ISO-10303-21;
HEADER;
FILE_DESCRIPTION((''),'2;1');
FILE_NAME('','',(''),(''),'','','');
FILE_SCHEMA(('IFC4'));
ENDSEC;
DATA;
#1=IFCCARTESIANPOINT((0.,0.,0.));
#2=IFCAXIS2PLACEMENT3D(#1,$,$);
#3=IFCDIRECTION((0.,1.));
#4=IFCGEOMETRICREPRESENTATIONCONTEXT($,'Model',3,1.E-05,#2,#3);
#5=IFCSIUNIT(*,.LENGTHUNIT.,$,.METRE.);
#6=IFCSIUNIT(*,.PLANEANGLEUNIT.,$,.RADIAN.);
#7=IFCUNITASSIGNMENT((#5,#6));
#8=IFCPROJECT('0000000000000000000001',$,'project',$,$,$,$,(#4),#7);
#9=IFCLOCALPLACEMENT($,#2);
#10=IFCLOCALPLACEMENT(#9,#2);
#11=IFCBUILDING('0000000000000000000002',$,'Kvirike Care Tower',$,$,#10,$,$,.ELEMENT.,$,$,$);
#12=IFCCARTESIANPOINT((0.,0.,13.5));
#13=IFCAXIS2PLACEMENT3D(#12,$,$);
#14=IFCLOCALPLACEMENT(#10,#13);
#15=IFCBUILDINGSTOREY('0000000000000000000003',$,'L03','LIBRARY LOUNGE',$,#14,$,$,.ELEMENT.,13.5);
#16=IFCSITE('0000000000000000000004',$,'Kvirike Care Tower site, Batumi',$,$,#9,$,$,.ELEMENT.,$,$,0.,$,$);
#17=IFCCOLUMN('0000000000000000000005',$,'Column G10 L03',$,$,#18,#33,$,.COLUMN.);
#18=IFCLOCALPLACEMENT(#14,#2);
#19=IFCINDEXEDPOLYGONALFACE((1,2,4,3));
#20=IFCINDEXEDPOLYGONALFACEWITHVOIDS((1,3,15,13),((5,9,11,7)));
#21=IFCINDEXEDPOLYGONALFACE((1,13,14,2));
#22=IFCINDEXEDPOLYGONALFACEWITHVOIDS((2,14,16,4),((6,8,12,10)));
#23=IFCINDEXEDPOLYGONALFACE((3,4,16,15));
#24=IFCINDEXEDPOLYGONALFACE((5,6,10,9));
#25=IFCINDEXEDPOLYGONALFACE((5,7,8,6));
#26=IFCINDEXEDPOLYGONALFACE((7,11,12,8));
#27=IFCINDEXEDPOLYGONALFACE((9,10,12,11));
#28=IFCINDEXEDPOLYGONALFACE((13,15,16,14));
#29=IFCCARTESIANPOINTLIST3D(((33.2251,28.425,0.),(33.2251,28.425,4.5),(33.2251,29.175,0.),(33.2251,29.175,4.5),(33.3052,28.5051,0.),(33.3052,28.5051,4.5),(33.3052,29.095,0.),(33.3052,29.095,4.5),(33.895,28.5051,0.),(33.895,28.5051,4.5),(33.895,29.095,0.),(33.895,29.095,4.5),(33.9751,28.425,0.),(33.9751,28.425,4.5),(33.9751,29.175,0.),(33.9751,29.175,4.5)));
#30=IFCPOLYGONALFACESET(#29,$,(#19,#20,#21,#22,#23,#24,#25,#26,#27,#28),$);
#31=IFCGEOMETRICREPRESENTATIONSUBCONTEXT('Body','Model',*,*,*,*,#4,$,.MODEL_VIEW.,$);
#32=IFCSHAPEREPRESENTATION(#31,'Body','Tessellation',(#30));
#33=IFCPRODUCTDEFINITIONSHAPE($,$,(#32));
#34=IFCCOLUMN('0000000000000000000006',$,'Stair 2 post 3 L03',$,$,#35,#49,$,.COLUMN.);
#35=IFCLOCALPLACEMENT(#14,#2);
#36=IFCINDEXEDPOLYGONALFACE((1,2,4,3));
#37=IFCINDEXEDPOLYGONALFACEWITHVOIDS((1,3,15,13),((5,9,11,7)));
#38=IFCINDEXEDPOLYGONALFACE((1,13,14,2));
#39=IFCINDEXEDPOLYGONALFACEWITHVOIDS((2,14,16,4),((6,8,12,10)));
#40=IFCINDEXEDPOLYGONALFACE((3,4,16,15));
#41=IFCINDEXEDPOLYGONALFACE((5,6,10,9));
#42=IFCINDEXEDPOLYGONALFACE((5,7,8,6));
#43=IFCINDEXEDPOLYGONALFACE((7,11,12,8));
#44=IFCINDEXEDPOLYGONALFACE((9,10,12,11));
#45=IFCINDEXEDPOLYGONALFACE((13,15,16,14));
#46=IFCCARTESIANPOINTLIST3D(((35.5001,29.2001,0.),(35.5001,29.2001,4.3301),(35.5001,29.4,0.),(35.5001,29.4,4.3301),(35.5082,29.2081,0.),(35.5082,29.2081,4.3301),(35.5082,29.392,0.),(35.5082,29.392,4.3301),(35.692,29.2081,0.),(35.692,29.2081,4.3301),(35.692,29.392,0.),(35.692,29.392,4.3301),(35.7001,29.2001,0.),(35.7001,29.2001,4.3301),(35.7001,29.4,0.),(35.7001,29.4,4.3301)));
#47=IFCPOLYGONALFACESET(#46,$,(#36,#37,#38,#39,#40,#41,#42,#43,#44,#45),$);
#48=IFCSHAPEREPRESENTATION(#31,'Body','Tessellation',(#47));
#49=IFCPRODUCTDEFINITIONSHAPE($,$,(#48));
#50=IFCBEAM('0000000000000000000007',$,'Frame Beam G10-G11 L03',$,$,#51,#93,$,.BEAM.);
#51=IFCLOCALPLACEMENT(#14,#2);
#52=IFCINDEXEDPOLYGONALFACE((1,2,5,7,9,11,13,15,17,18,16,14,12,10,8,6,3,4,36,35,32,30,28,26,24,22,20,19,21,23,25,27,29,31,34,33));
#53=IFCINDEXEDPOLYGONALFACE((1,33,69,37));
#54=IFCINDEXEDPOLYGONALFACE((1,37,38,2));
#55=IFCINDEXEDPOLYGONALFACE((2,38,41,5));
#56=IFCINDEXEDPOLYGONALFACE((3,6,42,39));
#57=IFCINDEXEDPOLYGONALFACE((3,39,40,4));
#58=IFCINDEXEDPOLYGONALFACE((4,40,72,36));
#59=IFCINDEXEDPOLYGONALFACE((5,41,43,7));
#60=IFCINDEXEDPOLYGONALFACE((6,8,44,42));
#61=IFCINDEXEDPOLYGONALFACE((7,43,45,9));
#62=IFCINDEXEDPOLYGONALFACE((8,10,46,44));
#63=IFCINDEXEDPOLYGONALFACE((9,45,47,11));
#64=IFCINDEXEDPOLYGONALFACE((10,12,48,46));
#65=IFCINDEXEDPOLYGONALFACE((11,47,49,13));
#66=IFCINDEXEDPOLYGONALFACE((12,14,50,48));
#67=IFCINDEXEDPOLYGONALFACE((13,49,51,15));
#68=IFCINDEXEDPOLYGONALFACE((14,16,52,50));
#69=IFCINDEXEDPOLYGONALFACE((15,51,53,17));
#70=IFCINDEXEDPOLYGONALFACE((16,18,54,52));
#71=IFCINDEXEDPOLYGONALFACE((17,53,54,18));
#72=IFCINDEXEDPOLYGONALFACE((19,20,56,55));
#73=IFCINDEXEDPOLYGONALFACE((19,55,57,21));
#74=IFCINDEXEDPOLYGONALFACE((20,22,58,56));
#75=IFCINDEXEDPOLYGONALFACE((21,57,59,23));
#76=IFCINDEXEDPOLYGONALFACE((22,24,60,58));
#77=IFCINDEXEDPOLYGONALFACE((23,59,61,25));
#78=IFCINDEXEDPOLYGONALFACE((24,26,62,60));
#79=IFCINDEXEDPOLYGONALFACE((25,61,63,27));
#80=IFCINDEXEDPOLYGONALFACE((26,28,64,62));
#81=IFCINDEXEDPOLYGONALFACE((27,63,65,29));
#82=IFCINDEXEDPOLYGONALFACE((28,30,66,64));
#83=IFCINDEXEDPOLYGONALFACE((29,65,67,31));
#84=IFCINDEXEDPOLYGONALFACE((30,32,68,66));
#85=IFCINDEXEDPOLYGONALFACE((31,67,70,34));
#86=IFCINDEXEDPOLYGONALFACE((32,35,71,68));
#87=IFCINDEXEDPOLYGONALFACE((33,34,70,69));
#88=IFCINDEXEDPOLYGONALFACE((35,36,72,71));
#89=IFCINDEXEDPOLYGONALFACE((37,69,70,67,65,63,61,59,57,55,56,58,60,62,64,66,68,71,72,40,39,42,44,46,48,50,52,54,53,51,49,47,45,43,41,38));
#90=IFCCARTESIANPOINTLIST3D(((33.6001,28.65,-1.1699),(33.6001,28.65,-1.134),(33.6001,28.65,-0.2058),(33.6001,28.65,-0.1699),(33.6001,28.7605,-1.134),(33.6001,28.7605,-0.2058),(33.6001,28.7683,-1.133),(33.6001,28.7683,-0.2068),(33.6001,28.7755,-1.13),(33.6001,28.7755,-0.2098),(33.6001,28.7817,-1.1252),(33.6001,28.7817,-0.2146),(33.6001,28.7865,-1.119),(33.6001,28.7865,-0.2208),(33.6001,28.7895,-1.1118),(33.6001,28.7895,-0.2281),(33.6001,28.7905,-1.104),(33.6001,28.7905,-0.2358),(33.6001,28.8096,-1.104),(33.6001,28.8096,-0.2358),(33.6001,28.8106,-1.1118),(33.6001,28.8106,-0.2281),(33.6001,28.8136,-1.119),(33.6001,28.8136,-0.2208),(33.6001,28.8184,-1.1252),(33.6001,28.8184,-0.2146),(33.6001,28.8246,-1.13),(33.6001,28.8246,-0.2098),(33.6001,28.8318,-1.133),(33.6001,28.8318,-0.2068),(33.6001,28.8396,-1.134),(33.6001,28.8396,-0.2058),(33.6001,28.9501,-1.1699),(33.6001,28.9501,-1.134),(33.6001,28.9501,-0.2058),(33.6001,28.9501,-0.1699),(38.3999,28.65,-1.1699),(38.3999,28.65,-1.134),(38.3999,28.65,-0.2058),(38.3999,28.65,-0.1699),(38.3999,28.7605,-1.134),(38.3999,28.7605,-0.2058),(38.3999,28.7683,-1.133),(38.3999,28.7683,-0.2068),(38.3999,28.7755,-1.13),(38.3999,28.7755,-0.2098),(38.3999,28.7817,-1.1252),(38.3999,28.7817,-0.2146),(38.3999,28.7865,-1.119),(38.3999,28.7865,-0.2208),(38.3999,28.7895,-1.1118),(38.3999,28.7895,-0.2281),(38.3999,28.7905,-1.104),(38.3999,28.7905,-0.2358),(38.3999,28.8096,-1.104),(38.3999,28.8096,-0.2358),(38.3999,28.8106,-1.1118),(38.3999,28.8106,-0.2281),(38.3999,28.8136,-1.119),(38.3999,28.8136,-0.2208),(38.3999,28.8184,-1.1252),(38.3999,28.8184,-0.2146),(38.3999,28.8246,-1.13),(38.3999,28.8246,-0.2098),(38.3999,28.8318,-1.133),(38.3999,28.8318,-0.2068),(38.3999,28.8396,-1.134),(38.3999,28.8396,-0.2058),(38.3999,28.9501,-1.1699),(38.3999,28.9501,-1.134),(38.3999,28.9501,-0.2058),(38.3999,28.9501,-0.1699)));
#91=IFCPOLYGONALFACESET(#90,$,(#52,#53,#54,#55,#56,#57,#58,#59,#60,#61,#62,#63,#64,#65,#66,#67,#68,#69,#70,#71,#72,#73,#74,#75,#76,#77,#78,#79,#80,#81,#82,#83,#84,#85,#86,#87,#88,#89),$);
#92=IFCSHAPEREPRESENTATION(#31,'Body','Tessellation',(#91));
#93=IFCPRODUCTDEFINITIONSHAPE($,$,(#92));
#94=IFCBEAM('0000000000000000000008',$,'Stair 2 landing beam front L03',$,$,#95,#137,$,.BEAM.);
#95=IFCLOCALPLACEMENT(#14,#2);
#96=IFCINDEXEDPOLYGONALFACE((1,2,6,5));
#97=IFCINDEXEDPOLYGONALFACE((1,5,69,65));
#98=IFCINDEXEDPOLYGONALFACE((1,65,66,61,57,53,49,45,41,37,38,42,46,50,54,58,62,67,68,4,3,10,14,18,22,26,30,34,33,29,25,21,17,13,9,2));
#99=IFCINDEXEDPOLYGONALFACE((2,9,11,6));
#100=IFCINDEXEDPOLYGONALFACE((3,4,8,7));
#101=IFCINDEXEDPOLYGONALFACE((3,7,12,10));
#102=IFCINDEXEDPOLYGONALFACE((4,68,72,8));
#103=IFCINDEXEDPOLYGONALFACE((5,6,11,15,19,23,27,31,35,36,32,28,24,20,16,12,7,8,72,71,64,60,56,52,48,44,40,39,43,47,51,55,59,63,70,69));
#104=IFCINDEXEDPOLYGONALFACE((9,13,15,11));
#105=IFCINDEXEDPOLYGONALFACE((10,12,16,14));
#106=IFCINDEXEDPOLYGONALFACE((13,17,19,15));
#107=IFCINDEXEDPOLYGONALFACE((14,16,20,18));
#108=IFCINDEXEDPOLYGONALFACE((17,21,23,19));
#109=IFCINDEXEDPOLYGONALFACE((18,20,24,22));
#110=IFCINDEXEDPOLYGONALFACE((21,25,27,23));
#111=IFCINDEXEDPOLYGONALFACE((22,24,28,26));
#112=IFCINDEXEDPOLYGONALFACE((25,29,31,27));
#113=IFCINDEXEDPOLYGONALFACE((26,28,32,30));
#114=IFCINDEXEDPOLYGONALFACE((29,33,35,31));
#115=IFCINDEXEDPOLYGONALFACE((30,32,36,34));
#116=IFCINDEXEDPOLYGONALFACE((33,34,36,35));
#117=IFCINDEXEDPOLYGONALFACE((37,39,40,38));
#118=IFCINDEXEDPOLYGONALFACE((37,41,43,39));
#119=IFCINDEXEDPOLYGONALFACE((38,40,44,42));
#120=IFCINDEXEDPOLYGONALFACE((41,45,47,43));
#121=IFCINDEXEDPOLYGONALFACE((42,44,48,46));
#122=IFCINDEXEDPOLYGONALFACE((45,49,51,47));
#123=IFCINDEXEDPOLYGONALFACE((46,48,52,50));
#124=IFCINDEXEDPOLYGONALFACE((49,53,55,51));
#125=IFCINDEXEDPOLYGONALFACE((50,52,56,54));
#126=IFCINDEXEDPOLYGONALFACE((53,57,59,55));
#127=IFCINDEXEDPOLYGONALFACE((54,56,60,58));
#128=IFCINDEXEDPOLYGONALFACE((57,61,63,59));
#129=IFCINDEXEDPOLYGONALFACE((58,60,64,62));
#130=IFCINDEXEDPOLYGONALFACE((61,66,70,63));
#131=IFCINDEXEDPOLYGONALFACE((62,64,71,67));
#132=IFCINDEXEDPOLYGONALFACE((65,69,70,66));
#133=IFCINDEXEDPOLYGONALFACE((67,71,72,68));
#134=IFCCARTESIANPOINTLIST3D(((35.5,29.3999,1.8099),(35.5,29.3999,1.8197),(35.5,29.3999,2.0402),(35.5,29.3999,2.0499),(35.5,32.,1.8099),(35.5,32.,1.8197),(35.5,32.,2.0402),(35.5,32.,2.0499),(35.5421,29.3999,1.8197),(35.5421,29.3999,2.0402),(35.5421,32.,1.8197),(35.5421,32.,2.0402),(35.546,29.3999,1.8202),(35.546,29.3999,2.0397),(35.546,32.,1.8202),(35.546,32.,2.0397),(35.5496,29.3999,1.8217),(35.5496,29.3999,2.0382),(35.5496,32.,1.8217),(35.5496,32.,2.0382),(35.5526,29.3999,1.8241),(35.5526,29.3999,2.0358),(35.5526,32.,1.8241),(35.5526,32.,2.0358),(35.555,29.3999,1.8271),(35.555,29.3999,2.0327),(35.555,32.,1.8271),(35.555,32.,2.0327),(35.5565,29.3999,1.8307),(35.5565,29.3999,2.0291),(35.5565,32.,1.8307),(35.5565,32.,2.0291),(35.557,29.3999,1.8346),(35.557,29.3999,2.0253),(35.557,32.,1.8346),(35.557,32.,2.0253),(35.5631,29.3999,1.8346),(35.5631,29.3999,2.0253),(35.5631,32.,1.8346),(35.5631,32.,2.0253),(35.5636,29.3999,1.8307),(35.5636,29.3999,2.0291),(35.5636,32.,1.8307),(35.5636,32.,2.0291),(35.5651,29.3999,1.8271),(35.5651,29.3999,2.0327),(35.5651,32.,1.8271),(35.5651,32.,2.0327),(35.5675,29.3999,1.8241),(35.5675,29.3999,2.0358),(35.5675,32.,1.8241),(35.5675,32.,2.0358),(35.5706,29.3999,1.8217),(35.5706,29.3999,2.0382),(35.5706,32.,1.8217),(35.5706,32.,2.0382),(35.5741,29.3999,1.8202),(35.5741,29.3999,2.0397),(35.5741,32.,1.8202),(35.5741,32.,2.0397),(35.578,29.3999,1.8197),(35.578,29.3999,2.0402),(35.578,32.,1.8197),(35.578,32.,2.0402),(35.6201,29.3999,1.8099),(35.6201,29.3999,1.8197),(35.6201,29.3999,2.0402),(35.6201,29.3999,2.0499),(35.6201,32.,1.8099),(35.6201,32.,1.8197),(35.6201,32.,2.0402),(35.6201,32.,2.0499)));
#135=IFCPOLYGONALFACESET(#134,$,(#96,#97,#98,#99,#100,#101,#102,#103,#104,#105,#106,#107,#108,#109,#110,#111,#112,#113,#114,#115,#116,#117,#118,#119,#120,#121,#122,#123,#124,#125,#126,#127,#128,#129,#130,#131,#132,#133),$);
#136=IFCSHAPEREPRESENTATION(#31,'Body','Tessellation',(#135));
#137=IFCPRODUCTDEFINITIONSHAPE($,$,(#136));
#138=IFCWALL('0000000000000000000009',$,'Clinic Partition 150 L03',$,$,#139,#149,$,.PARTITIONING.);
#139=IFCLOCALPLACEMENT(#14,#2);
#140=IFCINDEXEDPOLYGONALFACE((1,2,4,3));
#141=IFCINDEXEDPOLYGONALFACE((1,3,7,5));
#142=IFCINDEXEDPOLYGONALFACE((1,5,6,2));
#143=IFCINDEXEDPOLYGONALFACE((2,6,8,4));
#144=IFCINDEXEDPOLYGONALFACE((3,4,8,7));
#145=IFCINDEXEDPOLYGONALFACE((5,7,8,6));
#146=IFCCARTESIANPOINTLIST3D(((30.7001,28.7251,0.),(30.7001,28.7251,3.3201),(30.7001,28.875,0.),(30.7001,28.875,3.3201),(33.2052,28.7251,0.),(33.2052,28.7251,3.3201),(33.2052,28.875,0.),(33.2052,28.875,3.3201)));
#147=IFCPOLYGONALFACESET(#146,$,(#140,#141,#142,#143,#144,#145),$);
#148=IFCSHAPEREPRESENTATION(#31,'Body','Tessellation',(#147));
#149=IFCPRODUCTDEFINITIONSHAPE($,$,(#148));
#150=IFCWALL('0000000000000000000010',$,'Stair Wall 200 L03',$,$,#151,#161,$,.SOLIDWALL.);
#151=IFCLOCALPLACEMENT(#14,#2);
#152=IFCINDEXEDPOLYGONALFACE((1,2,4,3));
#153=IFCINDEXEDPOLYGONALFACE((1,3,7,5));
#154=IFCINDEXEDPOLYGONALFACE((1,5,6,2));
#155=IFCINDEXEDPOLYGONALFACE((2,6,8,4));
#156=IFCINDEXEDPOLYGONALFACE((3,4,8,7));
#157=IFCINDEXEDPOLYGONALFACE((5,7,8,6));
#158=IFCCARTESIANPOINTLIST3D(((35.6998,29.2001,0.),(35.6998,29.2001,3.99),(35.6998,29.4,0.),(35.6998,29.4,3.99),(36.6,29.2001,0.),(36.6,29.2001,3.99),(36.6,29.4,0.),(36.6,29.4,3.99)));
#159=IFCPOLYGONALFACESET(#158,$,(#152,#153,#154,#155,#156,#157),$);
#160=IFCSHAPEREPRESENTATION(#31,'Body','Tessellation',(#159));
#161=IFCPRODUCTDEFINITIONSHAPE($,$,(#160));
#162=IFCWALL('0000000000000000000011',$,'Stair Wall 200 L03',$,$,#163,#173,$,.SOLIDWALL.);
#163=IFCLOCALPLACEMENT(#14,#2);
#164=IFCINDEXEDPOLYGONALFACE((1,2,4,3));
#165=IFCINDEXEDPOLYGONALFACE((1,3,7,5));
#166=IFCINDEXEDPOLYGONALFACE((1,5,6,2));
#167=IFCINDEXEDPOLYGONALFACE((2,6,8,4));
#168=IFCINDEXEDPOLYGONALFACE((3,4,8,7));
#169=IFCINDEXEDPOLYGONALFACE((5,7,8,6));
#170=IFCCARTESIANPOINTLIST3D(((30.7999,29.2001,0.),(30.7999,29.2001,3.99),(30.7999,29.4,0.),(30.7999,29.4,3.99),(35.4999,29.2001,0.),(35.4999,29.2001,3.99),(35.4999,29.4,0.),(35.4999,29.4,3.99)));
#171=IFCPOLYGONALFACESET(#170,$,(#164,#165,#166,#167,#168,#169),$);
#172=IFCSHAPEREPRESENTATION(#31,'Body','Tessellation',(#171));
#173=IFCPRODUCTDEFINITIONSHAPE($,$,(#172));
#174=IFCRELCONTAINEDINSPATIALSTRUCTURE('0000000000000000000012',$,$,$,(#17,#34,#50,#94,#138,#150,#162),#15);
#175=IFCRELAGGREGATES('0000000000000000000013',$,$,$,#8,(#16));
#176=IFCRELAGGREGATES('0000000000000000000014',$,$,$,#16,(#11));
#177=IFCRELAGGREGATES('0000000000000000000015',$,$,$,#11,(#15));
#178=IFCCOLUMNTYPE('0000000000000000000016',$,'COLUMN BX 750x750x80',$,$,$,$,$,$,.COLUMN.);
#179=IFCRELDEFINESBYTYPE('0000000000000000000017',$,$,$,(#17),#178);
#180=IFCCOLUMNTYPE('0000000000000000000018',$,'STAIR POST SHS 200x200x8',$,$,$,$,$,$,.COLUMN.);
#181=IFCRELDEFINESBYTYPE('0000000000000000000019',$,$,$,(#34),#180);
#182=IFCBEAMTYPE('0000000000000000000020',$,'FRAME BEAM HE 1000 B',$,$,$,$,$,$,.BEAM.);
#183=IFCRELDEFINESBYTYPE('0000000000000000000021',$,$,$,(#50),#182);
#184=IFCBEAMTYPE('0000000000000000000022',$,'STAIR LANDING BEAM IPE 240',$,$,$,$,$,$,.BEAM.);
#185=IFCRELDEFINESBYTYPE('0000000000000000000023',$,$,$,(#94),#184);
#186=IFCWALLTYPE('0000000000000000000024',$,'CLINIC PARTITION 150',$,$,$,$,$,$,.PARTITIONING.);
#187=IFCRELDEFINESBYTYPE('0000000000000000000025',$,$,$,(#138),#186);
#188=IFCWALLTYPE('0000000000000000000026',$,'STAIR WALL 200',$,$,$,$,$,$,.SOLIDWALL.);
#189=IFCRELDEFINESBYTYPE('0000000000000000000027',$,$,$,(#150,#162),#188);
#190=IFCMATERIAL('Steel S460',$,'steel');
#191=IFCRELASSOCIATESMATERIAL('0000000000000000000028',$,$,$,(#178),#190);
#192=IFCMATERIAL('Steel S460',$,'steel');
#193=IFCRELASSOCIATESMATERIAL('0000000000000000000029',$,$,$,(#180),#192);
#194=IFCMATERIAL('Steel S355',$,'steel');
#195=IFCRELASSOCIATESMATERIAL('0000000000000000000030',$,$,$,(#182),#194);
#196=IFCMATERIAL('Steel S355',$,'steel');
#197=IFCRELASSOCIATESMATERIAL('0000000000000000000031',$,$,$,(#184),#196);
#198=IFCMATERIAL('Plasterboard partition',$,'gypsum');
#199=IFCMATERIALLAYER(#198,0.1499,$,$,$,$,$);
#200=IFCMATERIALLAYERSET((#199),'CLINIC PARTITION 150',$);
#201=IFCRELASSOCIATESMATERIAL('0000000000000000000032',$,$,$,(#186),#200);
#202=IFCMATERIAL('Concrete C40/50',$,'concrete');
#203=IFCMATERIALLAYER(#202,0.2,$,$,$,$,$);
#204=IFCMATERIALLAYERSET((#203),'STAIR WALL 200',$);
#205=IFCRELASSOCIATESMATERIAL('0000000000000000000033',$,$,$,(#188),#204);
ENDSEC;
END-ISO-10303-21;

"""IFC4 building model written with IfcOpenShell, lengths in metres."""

from ifc_helpers import new_model, si_unit, direction, frame, frame_2d, origin, origin_2d, place, context, subcontext, project, spatial, rectangle, hollow_rectangle, i_section, extrude, material, layer, layer_set, material_profile, profile_set, type_object, element, save


model = new_model("IFC4")

# Units and contexts
model_context = context("Model", 3, precision=1e-05, world=origin(), true_north=direction((0.0, 1.0)))
body_context = subcontext(model_context, "Body", "Model", "MODEL_VIEW")
ifc_project = project(units=[si_unit("LENGTHUNIT", "METRE"), si_unit("PLANEANGLEUNIT", "RADIAN")], contexts=[model_context])

# Site, building, storey
site_placement = place(None, origin())
site = spatial("IfcSite", under=ifc_project, at=site_placement, Name="Kvirike Care Tower site, Batumi", CompositionType="ELEMENT", RefElevation=0.0)
building_placement = place(site_placement, origin())
building = spatial("IfcBuilding", under=site, at=building_placement, Name="Kvirike Care Tower", CompositionType="ELEMENT")
storey_placement = place(building_placement, frame((0.0, 0.0, 13.5)))
storey = spatial("IfcBuildingStorey", under=building, at=storey_placement, Name="L03", Description="LIBRARY LOUNGE", CompositionType="ELEMENT", Elevation=13.5)

# Columns
ifc_material_1 = material(Name="Steel S460", Category="steel")
ifc_material_profile_1 = material_profile(ifc_material_1, hollow_rectangle(XDim=0.75, YDim=0.75, WallThickness=0.0801, at=origin_2d()), Name="BX 750x750x80")
ifc_profile_set_1 = profile_set([ifc_material_profile_1], Name="Steel S460")
column_type_1 = type_object("IfcColumnType", Name="COLUMN BX 750x750x80", PredefinedType="COLUMN", material=ifc_profile_set_1)
column_1_placement = place(storey_placement, frame((33.6001, 28.8, 0.0), z_axis=(0.0, 0.0, 1.0), x_axis=(0.0, 1.0, 0.0)))
element("IfcColumn", 1, at=column_1_placement, inside=storey, type_object=column_type_1, Name="Column G10 L03", PredefinedType="COLUMN", context=body_context, shape_type="SweptSolid", body=[
    extrude(hollow_rectangle(XDim=0.75, YDim=0.75, WallThickness=0.0801, at=origin_2d()), origin(), (0.0, 0.0, 1.0), 4.5),
])
ifc_material_2 = material(Name="Steel S460", Category="steel")
ifc_material_profile_2 = material_profile(ifc_material_2, hollow_rectangle(XDim=0.2, YDim=0.2, WallThickness=0.0081, at=origin_2d()), Name="SHS 200x200x8")
ifc_profile_set_2 = profile_set([ifc_material_profile_2], Name="Steel S460")
column_type_2 = type_object("IfcColumnType", Name="STAIR POST SHS 200x200x8", PredefinedType="COLUMN", material=ifc_profile_set_2)
column_2_placement = place(storey_placement, frame((35.6001, 29.3, 0.0), z_axis=(0.0, 0.0, 1.0), x_axis=(1.0, 0.0, 0.0)))
element("IfcColumn", 2, at=column_2_placement, inside=storey, type_object=column_type_2, Name="Stair 2 post 3 L03", PredefinedType="COLUMN", context=body_context, shape_type="SweptSolid", body=[
    extrude(hollow_rectangle(XDim=0.2, YDim=0.2, WallThickness=0.0081, at=origin_2d()), origin(), (0.0, 0.0, 1.0), 4.3301),
])

# Beams
ifc_material_3 = material(Name="Steel S355", Category="steel")
ifc_material_profile_3 = material_profile(ifc_material_3, i_section(OverallWidth=0.3, OverallDepth=1.0, WebThickness=0.019, FlangeThickness=0.0359, FilletRadius=0.03, at=origin_2d()), Name="HE 1000 B")
ifc_profile_set_3 = profile_set([ifc_material_profile_3], Name="Steel S355")
beam_type_1 = type_object("IfcBeamType", Name="FRAME BEAM HE 1000 B", PredefinedType="BEAM", material=ifc_profile_set_3)
beam_1_placement = place(storey_placement, frame((33.6001, 28.8, -0.6699), z_axis=(1.0, 0.0, 0.0), x_axis=(0.0, 1.0, 0.0)))
element("IfcBeam", 3, at=beam_1_placement, inside=storey, type_object=beam_type_1, Name="Frame Beam G10-G11 L03", PredefinedType="BEAM", context=body_context, shape_type="SweptSolid", body=[
    extrude(i_section(OverallWidth=0.3, OverallDepth=1.0, WebThickness=0.019, FlangeThickness=0.0359, FilletRadius=0.03, at=origin_2d()), origin(), (0.0, 0.0, 1.0), 4.7998),
])
ifc_material_4 = material(Name="Steel S355", Category="steel")
ifc_material_profile_4 = material_profile(ifc_material_4, i_section(OverallWidth=0.1201, OverallDepth=0.24, WebThickness=0.0061, FlangeThickness=0.0098, FilletRadius=0.0149, at=origin_2d()), Name="IPE 240")
ifc_profile_set_4 = profile_set([ifc_material_profile_4], Name="Steel S355")
beam_type_2 = type_object("IfcBeamType", Name="STAIR LANDING BEAM IPE 240", PredefinedType="BEAM", material=ifc_profile_set_4)
beam_2_placement = place(storey_placement, frame((35.5601, 29.3999, 1.9299), z_axis=(0.0, 1.0, 0.0), x_axis=(-1.0, 0.0, 0.0)))
element("IfcBeam", 4, at=beam_2_placement, inside=storey, type_object=beam_type_2, Name="Stair 2 landing beam front L03", PredefinedType="BEAM", context=body_context, shape_type="SweptSolid", body=[
    extrude(i_section(OverallWidth=0.1201, OverallDepth=0.24, WebThickness=0.0061, FlangeThickness=0.0098, FilletRadius=0.0149, at=origin_2d()), origin(), (0.0, 0.0, 1.0), 2.6001),
])

# Walls
ifc_material_5 = material(Name="Plasterboard partition", Category="gypsum")
ifc_layer_1 = layer(ifc_material_5, 0.1499)
ifc_layer_set_1 = layer_set([ifc_layer_1], Name="CLINIC PARTITION 150")
wall_type_1 = type_object("IfcWallType", Name="CLINIC PARTITION 150", PredefinedType="PARTITIONING", material=ifc_layer_set_1)
wall_1_placement = place(storey_placement, frame((33.2051, 28.8, 0.0), z_axis=(0.0, 0.0, 1.0), x_axis=(-1.0, 0.0, 0.0)))
element("IfcWall", 5, at=wall_1_placement, inside=storey, type_object=wall_type_1, Name="Clinic Partition 150 L03", PredefinedType="PARTITIONING", context=body_context, shape_type="SweptSolid", body=[
    extrude(rectangle(XDim=2.5051, YDim=0.1499, at=frame_2d((1.2524, 0.0))), origin(), (0.0, 0.0, 1.0), 3.3201),
])
ifc_material_6 = material(Name="Concrete C40/50", Category="concrete")
ifc_layer_2 = layer(ifc_material_6, 0.2)
ifc_layer_set_2 = layer_set([ifc_layer_2], Name="STAIR WALL 200")
wall_type_2 = type_object("IfcWallType", Name="STAIR WALL 200", PredefinedType="SOLIDWALL", material=ifc_layer_set_2)
wall_2_placement = place(storey_placement, frame((36.6001, 29.3, 0.0), z_axis=(0.0, 0.0, 1.0), x_axis=(-1.0, 0.0, 0.0)))
element("IfcWall", 6, at=wall_2_placement, inside=storey, type_object=wall_type_2, Name="Stair Wall 200 L03", PredefinedType="SOLIDWALL", context=body_context, shape_type="SweptSolid", body=[
    extrude(rectangle(XDim=0.9001, YDim=0.2, at=frame_2d((0.4502, 0.0))), origin(), (0.0, 0.0, 1.0), 3.99),
])
wall_3_placement = place(storey_placement, frame((35.5, 29.3, 0.0), z_axis=(0.0, 0.0, 1.0), x_axis=(-1.0, 0.0, 0.0)))
element("IfcWall", 7, at=wall_3_placement, inside=storey, type_object=wall_type_2, Name="Stair Wall 200 L03", PredefinedType="SOLIDWALL", context=body_context, shape_type="SweptSolid", body=[
    extrude(rectangle(XDim=4.7, YDim=0.2, at=frame_2d((2.3501, 0.0))), origin(), (0.0, 0.0, 1.0), 3.99),
])

save(model, "model.ifc")
